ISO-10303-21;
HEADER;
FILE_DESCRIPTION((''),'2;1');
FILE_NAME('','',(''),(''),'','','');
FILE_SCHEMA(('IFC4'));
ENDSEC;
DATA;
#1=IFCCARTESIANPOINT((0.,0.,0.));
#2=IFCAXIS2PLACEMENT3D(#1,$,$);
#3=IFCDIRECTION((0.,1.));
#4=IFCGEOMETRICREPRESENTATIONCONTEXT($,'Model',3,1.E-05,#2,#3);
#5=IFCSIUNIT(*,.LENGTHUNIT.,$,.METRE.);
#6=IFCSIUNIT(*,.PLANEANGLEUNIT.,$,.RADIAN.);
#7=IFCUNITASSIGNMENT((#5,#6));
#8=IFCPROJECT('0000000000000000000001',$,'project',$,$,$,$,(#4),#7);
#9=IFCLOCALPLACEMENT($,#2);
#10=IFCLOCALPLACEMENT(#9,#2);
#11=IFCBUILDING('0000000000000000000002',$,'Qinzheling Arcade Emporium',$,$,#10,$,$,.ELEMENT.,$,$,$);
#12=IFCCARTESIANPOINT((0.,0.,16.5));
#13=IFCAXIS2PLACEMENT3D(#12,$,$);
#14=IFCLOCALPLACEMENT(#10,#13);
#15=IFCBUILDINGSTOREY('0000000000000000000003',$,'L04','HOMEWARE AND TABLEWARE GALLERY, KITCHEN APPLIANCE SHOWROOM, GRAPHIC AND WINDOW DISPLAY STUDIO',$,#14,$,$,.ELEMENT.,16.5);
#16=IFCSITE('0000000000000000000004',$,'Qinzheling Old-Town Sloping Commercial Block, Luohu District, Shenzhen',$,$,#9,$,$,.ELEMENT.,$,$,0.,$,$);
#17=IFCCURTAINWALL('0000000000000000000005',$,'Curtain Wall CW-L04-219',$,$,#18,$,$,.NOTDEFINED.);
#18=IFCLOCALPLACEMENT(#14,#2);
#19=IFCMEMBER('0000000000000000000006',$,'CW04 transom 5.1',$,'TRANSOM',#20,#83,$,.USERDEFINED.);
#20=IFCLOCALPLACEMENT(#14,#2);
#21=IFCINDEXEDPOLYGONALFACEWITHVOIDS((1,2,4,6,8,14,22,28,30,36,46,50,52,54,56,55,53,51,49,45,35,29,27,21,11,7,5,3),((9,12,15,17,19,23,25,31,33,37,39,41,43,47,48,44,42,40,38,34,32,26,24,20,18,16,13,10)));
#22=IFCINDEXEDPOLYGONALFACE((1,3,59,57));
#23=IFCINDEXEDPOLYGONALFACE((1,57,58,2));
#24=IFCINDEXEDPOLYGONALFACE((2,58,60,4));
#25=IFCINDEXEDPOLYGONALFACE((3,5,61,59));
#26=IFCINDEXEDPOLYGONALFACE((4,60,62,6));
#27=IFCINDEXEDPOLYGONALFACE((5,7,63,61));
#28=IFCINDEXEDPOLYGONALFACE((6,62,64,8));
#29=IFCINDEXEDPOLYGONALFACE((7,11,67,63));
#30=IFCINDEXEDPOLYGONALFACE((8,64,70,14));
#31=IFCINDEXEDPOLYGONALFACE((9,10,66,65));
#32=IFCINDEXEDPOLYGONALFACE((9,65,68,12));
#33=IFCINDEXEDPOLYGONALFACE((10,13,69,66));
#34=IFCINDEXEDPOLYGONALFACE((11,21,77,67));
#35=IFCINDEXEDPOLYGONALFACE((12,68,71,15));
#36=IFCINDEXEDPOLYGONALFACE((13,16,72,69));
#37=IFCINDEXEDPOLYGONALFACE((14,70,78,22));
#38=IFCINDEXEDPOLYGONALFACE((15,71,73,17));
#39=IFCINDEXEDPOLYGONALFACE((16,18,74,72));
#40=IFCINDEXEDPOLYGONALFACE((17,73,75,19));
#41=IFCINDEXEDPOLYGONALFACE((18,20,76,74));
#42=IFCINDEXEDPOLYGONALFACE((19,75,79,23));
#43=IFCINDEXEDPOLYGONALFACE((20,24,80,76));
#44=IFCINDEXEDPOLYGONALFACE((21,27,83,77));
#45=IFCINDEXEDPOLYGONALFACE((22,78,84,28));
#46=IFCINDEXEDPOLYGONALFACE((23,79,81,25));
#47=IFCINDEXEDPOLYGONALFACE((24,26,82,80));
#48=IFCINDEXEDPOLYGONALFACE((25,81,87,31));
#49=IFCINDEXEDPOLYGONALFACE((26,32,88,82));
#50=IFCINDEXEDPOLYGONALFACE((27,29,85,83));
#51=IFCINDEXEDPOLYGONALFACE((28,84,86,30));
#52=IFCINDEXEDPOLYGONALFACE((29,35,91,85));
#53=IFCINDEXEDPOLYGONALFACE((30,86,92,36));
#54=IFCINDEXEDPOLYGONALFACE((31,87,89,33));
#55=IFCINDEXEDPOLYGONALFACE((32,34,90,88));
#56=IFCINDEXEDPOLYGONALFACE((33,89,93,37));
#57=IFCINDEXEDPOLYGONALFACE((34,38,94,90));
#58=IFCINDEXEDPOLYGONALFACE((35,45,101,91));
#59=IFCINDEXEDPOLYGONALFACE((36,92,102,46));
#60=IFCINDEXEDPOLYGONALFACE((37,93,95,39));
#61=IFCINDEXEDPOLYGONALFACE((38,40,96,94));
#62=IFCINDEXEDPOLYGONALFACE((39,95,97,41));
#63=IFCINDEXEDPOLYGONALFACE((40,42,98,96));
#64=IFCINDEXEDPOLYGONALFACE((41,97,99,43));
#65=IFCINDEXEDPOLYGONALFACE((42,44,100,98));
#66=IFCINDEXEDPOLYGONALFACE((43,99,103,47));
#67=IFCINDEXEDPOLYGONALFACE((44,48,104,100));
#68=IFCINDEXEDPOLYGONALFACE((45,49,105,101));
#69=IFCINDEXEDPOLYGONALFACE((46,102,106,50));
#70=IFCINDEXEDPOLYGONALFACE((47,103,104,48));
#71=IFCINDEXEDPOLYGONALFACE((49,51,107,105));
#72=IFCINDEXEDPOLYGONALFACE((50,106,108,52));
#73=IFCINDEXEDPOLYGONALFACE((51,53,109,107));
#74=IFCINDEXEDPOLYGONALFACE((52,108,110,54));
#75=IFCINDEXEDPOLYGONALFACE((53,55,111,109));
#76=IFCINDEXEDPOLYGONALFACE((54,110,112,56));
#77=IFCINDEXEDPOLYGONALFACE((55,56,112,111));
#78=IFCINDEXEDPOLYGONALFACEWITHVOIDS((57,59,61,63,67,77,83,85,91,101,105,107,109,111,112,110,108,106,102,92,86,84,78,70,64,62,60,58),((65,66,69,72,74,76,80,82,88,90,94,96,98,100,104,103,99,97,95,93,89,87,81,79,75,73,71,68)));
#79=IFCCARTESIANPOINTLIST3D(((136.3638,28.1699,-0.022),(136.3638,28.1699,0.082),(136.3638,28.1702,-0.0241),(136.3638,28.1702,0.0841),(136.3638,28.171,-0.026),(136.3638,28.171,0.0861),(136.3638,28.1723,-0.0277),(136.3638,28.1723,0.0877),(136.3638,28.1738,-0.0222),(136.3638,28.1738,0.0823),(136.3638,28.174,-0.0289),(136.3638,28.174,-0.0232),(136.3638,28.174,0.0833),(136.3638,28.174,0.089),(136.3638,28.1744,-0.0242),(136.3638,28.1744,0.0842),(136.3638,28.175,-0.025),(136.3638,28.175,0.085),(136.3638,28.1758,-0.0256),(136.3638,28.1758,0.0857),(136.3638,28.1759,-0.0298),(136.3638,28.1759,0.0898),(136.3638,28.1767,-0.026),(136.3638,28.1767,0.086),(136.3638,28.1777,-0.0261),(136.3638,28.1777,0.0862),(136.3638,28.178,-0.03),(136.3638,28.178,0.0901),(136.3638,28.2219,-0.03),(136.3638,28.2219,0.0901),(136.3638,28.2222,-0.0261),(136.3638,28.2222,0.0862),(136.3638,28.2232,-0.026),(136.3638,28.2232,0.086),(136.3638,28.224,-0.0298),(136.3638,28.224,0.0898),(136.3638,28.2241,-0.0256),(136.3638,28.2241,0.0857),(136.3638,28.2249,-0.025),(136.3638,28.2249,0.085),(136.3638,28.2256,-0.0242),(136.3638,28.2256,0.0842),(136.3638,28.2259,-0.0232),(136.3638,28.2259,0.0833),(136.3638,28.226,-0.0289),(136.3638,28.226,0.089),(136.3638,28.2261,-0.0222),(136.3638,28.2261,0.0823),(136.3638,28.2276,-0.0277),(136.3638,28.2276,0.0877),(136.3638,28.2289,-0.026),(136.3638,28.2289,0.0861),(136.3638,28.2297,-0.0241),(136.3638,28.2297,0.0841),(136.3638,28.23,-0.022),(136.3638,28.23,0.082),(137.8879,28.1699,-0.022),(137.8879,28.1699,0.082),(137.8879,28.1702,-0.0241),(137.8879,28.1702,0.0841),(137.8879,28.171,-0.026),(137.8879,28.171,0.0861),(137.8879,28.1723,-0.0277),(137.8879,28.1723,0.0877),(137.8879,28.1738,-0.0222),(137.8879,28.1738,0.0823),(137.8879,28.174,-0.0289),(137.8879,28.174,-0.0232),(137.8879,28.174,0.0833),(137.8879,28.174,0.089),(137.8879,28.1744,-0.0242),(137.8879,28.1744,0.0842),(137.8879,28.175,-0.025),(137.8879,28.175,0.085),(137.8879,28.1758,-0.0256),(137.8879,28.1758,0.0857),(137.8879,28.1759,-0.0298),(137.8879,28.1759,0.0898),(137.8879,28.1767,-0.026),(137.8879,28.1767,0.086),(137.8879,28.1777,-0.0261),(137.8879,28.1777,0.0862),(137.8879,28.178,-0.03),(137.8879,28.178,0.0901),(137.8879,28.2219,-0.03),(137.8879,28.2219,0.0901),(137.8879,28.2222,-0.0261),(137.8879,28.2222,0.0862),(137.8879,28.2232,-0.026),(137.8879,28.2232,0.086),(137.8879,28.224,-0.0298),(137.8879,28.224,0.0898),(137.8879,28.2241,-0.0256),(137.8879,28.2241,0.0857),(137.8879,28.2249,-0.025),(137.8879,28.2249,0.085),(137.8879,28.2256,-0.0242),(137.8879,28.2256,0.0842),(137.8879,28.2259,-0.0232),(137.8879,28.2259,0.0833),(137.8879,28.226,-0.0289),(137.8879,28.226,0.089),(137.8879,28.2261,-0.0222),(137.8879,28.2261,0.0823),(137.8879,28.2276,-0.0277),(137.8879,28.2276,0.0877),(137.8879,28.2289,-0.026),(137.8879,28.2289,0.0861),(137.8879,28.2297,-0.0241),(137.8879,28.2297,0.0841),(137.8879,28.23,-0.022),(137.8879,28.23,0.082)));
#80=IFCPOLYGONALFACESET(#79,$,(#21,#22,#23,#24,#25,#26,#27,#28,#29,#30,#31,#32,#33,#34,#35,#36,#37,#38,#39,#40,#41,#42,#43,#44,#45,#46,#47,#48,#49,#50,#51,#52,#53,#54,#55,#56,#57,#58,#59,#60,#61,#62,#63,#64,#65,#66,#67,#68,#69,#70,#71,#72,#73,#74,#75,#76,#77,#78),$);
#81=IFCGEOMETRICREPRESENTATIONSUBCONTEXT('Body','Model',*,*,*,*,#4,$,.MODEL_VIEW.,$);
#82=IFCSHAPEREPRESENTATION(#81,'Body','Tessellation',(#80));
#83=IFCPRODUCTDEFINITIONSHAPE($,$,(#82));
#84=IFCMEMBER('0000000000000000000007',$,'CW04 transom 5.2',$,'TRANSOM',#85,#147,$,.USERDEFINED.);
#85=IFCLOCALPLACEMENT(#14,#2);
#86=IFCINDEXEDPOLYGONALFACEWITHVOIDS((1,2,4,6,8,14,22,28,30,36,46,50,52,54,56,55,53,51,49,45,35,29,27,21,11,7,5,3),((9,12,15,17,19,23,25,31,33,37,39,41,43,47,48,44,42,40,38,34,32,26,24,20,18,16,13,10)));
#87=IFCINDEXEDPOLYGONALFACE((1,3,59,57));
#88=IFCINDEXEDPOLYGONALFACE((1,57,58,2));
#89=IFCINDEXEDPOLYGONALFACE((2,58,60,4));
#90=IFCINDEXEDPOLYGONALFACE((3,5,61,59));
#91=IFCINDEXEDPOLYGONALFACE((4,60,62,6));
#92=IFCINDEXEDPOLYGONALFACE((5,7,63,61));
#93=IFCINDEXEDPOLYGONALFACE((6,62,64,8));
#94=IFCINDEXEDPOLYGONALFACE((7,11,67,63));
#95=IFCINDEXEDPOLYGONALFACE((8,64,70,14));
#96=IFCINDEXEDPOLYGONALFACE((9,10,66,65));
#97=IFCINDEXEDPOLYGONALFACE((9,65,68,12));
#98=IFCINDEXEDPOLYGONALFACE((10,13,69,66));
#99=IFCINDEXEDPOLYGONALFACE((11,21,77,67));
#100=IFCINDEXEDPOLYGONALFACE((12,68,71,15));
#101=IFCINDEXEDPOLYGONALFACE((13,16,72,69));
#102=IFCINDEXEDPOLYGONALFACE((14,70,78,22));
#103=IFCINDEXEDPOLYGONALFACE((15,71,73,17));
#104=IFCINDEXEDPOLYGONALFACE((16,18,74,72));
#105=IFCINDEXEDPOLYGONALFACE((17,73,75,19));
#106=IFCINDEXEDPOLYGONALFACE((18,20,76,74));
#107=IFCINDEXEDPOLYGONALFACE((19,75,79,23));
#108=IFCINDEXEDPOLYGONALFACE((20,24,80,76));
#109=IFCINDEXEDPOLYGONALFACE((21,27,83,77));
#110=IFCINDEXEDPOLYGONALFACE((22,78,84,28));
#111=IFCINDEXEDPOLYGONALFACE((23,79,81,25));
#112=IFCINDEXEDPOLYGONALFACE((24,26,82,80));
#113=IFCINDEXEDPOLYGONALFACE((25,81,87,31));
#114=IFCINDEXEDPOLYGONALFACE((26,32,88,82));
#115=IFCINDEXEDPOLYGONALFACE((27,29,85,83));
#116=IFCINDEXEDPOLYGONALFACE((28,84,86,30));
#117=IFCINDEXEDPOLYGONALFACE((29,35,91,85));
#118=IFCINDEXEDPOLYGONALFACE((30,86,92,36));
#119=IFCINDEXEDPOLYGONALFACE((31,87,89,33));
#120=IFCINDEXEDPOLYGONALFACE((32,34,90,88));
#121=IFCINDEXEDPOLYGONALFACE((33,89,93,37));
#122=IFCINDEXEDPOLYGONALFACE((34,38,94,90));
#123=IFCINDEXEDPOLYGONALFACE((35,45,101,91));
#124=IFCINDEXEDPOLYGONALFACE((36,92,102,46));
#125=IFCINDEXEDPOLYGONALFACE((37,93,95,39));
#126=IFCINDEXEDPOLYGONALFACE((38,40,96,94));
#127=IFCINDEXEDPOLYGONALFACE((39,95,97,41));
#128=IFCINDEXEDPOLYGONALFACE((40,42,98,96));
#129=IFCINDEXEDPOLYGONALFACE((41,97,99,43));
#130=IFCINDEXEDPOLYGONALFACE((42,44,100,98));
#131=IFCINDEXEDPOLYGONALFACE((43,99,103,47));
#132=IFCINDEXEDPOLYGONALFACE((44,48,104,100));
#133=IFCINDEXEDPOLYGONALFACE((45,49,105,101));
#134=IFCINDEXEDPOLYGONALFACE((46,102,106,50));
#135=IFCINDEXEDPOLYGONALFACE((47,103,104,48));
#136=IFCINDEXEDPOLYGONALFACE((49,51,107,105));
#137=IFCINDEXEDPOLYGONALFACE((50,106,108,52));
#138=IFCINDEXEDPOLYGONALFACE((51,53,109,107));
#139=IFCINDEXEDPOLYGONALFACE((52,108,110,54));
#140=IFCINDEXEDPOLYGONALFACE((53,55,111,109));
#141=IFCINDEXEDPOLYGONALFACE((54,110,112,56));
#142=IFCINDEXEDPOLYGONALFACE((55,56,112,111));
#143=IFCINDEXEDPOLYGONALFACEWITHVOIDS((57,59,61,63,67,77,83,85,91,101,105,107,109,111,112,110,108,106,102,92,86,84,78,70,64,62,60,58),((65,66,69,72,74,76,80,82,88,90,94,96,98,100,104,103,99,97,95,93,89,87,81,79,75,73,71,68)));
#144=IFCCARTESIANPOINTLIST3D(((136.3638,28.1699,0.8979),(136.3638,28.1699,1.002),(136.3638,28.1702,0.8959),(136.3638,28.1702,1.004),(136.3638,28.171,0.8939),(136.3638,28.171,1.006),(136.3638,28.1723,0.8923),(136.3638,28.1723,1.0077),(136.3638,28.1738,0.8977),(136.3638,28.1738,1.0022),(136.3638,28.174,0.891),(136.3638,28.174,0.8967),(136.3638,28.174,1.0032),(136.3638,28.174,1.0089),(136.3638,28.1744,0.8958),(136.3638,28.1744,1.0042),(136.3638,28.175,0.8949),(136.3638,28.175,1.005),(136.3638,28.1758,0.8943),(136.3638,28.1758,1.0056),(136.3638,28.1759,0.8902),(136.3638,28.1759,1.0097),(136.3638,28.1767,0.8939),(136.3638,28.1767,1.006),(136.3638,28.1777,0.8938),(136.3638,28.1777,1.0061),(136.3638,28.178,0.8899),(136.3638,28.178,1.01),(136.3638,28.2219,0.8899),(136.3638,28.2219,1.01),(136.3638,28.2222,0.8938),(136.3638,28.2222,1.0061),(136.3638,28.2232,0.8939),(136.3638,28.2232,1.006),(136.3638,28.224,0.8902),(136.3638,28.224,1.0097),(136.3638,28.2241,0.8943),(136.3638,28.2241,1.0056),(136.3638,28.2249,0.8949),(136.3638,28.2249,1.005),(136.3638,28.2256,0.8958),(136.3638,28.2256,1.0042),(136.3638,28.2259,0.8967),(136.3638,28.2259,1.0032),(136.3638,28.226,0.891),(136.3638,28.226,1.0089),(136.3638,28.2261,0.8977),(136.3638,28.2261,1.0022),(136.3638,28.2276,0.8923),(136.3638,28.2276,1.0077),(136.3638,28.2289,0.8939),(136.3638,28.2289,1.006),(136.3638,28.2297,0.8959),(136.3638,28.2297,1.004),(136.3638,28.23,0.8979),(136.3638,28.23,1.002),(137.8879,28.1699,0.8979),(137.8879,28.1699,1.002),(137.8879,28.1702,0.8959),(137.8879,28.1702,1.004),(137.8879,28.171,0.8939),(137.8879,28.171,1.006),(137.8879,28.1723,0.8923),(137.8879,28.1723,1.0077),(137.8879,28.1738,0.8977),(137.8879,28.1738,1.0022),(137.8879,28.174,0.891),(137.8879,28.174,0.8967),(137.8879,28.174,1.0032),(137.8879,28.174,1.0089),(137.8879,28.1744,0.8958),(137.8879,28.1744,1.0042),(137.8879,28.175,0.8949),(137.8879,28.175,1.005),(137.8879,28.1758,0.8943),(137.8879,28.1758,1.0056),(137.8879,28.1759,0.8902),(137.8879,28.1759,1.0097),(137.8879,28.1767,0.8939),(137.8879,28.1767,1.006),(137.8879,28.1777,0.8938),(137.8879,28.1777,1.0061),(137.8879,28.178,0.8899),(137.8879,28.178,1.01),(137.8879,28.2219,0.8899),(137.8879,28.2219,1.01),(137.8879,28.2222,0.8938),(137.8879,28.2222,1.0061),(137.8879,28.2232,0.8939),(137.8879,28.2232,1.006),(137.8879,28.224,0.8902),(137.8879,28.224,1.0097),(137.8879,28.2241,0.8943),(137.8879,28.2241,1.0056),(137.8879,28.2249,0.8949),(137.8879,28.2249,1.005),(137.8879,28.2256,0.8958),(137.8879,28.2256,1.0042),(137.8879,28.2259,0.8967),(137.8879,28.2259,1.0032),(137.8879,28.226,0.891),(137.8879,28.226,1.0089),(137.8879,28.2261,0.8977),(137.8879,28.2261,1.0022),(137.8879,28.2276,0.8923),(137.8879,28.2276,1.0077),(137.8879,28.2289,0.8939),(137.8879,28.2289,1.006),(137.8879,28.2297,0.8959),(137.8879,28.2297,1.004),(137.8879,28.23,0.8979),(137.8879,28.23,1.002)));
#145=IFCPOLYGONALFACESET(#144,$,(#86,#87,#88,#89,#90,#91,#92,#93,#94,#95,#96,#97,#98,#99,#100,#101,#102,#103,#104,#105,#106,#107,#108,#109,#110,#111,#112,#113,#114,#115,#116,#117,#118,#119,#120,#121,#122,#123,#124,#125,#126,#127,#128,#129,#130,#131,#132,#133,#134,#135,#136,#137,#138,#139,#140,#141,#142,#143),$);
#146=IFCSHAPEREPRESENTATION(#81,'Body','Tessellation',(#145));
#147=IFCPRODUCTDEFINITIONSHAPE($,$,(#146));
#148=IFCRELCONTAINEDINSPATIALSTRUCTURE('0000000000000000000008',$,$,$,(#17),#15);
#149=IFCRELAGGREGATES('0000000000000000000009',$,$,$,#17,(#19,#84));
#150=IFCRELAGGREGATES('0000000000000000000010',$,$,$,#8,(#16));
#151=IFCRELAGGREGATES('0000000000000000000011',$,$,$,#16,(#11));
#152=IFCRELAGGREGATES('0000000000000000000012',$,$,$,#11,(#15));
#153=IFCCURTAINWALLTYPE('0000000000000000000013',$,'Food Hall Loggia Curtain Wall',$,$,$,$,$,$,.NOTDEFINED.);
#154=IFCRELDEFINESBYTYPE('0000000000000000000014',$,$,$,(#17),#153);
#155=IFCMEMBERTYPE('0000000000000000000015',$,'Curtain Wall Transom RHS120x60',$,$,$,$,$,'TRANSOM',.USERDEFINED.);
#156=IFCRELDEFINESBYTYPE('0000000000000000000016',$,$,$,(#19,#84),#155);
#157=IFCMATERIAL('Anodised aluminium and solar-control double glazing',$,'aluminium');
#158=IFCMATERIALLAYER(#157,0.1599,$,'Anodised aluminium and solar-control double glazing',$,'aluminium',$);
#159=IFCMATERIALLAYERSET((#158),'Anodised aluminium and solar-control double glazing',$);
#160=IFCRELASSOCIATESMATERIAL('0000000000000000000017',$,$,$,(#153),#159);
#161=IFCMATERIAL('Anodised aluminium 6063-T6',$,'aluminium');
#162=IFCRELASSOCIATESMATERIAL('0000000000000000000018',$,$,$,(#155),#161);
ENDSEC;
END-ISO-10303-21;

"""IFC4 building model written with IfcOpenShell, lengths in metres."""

from ifc_helpers import new_model, si_unit, direction, frame, origin, origin_2d, place, context, subcontext, project, spatial, hollow_rectangle, extrude, material, layer, layer_set, material_profile, profile_set, type_object, element, aggregate, save


model = new_model("IFC4")

# Units and contexts
model_context = context("Model", 3, precision=1e-05, world=origin(), true_north=direction((0.0, 1.0)))
body_context = subcontext(model_context, "Body", "Model", "MODEL_VIEW")
ifc_project = project(units=[si_unit("LENGTHUNIT", "METRE"), si_unit("PLANEANGLEUNIT", "RADIAN")], contexts=[model_context])

# Site, building, storey
site_placement = place(None, origin())
site = spatial("IfcSite", under=ifc_project, at=site_placement, Name="Qinzheling Old-Town Sloping Commercial Block, Luohu District, Shenzhen", CompositionType="ELEMENT", RefElevation=0.0)
building_placement = place(site_placement, origin())
building = spatial("IfcBuilding", under=site, at=building_placement, Name="Qinzheling Arcade Emporium", CompositionType="ELEMENT")
storey_placement = place(building_placement, frame((0.0, 0.0, 16.5)))
storey = spatial("IfcBuildingStorey", under=building, at=storey_placement, Name="L04", Description="HOMEWARE AND TABLEWARE GALLERY, KITCHEN APPLIANCE SHOWROOM, GRAPHIC AND WINDOW DISPLAY STUDIO", CompositionType="ELEMENT", Elevation=16.5)

# Curtain wall
ifc_material_1 = material(Name="Anodised aluminium and solar-control double glazing", Category="aluminium")
ifc_layer_1 = layer(ifc_material_1, 0.1599, Name="Anodised aluminium and solar-control double glazing", Category="aluminium")
ifc_layer_set_1 = layer_set([ifc_layer_1], Name="Anodised aluminium and solar-control double glazing")
curtain_wall_type = type_object("IfcCurtainWallType", Name="Food Hall Loggia Curtain Wall", PredefinedType="NOTDEFINED", material=ifc_layer_set_1)
curtain_wall_1_placement = place(storey_placement, origin())
curtain_wall_1 = element("IfcCurtainWall", 1, at=curtain_wall_1_placement, inside=storey, type_object=curtain_wall_type, Name="Curtain Wall CW-L04-219", PredefinedType="NOTDEFINED")
ifc_material_2 = material(Name="Anodised aluminium 6063-T6", Category="aluminium")

# Members
ifc_material_profile_1 = material_profile(ifc_material_2, hollow_rectangle(XDim=0.0601, YDim=0.1201, WallThickness=0.0039, InnerFilletRadius=0.0039, OuterFilletRadius=0.0081, at=origin_2d()), Name="RHS 120x60x4", Category="aluminium")
ifc_profile_set_1 = profile_set([ifc_material_profile_1], Name="Anodised aluminium 6063-T6")
member_type_1 = type_object("IfcMemberType", Name="Curtain Wall Transom RHS120x60", ElementType="TRANSOM", PredefinedType="USERDEFINED", material=ifc_profile_set_1)
member_1_placement = place(storey_placement, frame((136.3638, 28.2, 0.03), z_axis=(1.0, 0.0, 0.0), x_axis=(0.0, 1.0, 0.0)))
member_1 = element("IfcMember", 2, at=member_1_placement, type_object=member_type_1, Name="CW04 transom 5.1", ObjectType="TRANSOM", PredefinedType="USERDEFINED", context=body_context, shape_type="SweptSolid", body=[
    extrude(hollow_rectangle(XDim=0.0601, YDim=0.1201, WallThickness=0.0039, InnerFilletRadius=0.0039, OuterFilletRadius=0.0081, at=origin_2d()), origin(), (0.0, 0.0, 1.0), 1.5242),
])
member_2_placement = place(storey_placement, frame((136.3638, 28.2, 0.95), z_axis=(1.0, 0.0, 0.0), x_axis=(0.0, 1.0, 0.0)))
member_2 = element("IfcMember", 3, at=member_2_placement, type_object=member_type_1, Name="CW04 transom 5.2", ObjectType="TRANSOM", PredefinedType="USERDEFINED", context=body_context, shape_type="SweptSolid", body=[
    extrude(hollow_rectangle(XDim=0.0601, YDim=0.1201, WallThickness=0.0039, InnerFilletRadius=0.0039, OuterFilletRadius=0.0081, at=origin_2d()), origin(), (0.0, 0.0, 1.0), 1.5242),
])

aggregate(curtain_wall_1, [member_1, member_2])

save(model, "model.ifc")
